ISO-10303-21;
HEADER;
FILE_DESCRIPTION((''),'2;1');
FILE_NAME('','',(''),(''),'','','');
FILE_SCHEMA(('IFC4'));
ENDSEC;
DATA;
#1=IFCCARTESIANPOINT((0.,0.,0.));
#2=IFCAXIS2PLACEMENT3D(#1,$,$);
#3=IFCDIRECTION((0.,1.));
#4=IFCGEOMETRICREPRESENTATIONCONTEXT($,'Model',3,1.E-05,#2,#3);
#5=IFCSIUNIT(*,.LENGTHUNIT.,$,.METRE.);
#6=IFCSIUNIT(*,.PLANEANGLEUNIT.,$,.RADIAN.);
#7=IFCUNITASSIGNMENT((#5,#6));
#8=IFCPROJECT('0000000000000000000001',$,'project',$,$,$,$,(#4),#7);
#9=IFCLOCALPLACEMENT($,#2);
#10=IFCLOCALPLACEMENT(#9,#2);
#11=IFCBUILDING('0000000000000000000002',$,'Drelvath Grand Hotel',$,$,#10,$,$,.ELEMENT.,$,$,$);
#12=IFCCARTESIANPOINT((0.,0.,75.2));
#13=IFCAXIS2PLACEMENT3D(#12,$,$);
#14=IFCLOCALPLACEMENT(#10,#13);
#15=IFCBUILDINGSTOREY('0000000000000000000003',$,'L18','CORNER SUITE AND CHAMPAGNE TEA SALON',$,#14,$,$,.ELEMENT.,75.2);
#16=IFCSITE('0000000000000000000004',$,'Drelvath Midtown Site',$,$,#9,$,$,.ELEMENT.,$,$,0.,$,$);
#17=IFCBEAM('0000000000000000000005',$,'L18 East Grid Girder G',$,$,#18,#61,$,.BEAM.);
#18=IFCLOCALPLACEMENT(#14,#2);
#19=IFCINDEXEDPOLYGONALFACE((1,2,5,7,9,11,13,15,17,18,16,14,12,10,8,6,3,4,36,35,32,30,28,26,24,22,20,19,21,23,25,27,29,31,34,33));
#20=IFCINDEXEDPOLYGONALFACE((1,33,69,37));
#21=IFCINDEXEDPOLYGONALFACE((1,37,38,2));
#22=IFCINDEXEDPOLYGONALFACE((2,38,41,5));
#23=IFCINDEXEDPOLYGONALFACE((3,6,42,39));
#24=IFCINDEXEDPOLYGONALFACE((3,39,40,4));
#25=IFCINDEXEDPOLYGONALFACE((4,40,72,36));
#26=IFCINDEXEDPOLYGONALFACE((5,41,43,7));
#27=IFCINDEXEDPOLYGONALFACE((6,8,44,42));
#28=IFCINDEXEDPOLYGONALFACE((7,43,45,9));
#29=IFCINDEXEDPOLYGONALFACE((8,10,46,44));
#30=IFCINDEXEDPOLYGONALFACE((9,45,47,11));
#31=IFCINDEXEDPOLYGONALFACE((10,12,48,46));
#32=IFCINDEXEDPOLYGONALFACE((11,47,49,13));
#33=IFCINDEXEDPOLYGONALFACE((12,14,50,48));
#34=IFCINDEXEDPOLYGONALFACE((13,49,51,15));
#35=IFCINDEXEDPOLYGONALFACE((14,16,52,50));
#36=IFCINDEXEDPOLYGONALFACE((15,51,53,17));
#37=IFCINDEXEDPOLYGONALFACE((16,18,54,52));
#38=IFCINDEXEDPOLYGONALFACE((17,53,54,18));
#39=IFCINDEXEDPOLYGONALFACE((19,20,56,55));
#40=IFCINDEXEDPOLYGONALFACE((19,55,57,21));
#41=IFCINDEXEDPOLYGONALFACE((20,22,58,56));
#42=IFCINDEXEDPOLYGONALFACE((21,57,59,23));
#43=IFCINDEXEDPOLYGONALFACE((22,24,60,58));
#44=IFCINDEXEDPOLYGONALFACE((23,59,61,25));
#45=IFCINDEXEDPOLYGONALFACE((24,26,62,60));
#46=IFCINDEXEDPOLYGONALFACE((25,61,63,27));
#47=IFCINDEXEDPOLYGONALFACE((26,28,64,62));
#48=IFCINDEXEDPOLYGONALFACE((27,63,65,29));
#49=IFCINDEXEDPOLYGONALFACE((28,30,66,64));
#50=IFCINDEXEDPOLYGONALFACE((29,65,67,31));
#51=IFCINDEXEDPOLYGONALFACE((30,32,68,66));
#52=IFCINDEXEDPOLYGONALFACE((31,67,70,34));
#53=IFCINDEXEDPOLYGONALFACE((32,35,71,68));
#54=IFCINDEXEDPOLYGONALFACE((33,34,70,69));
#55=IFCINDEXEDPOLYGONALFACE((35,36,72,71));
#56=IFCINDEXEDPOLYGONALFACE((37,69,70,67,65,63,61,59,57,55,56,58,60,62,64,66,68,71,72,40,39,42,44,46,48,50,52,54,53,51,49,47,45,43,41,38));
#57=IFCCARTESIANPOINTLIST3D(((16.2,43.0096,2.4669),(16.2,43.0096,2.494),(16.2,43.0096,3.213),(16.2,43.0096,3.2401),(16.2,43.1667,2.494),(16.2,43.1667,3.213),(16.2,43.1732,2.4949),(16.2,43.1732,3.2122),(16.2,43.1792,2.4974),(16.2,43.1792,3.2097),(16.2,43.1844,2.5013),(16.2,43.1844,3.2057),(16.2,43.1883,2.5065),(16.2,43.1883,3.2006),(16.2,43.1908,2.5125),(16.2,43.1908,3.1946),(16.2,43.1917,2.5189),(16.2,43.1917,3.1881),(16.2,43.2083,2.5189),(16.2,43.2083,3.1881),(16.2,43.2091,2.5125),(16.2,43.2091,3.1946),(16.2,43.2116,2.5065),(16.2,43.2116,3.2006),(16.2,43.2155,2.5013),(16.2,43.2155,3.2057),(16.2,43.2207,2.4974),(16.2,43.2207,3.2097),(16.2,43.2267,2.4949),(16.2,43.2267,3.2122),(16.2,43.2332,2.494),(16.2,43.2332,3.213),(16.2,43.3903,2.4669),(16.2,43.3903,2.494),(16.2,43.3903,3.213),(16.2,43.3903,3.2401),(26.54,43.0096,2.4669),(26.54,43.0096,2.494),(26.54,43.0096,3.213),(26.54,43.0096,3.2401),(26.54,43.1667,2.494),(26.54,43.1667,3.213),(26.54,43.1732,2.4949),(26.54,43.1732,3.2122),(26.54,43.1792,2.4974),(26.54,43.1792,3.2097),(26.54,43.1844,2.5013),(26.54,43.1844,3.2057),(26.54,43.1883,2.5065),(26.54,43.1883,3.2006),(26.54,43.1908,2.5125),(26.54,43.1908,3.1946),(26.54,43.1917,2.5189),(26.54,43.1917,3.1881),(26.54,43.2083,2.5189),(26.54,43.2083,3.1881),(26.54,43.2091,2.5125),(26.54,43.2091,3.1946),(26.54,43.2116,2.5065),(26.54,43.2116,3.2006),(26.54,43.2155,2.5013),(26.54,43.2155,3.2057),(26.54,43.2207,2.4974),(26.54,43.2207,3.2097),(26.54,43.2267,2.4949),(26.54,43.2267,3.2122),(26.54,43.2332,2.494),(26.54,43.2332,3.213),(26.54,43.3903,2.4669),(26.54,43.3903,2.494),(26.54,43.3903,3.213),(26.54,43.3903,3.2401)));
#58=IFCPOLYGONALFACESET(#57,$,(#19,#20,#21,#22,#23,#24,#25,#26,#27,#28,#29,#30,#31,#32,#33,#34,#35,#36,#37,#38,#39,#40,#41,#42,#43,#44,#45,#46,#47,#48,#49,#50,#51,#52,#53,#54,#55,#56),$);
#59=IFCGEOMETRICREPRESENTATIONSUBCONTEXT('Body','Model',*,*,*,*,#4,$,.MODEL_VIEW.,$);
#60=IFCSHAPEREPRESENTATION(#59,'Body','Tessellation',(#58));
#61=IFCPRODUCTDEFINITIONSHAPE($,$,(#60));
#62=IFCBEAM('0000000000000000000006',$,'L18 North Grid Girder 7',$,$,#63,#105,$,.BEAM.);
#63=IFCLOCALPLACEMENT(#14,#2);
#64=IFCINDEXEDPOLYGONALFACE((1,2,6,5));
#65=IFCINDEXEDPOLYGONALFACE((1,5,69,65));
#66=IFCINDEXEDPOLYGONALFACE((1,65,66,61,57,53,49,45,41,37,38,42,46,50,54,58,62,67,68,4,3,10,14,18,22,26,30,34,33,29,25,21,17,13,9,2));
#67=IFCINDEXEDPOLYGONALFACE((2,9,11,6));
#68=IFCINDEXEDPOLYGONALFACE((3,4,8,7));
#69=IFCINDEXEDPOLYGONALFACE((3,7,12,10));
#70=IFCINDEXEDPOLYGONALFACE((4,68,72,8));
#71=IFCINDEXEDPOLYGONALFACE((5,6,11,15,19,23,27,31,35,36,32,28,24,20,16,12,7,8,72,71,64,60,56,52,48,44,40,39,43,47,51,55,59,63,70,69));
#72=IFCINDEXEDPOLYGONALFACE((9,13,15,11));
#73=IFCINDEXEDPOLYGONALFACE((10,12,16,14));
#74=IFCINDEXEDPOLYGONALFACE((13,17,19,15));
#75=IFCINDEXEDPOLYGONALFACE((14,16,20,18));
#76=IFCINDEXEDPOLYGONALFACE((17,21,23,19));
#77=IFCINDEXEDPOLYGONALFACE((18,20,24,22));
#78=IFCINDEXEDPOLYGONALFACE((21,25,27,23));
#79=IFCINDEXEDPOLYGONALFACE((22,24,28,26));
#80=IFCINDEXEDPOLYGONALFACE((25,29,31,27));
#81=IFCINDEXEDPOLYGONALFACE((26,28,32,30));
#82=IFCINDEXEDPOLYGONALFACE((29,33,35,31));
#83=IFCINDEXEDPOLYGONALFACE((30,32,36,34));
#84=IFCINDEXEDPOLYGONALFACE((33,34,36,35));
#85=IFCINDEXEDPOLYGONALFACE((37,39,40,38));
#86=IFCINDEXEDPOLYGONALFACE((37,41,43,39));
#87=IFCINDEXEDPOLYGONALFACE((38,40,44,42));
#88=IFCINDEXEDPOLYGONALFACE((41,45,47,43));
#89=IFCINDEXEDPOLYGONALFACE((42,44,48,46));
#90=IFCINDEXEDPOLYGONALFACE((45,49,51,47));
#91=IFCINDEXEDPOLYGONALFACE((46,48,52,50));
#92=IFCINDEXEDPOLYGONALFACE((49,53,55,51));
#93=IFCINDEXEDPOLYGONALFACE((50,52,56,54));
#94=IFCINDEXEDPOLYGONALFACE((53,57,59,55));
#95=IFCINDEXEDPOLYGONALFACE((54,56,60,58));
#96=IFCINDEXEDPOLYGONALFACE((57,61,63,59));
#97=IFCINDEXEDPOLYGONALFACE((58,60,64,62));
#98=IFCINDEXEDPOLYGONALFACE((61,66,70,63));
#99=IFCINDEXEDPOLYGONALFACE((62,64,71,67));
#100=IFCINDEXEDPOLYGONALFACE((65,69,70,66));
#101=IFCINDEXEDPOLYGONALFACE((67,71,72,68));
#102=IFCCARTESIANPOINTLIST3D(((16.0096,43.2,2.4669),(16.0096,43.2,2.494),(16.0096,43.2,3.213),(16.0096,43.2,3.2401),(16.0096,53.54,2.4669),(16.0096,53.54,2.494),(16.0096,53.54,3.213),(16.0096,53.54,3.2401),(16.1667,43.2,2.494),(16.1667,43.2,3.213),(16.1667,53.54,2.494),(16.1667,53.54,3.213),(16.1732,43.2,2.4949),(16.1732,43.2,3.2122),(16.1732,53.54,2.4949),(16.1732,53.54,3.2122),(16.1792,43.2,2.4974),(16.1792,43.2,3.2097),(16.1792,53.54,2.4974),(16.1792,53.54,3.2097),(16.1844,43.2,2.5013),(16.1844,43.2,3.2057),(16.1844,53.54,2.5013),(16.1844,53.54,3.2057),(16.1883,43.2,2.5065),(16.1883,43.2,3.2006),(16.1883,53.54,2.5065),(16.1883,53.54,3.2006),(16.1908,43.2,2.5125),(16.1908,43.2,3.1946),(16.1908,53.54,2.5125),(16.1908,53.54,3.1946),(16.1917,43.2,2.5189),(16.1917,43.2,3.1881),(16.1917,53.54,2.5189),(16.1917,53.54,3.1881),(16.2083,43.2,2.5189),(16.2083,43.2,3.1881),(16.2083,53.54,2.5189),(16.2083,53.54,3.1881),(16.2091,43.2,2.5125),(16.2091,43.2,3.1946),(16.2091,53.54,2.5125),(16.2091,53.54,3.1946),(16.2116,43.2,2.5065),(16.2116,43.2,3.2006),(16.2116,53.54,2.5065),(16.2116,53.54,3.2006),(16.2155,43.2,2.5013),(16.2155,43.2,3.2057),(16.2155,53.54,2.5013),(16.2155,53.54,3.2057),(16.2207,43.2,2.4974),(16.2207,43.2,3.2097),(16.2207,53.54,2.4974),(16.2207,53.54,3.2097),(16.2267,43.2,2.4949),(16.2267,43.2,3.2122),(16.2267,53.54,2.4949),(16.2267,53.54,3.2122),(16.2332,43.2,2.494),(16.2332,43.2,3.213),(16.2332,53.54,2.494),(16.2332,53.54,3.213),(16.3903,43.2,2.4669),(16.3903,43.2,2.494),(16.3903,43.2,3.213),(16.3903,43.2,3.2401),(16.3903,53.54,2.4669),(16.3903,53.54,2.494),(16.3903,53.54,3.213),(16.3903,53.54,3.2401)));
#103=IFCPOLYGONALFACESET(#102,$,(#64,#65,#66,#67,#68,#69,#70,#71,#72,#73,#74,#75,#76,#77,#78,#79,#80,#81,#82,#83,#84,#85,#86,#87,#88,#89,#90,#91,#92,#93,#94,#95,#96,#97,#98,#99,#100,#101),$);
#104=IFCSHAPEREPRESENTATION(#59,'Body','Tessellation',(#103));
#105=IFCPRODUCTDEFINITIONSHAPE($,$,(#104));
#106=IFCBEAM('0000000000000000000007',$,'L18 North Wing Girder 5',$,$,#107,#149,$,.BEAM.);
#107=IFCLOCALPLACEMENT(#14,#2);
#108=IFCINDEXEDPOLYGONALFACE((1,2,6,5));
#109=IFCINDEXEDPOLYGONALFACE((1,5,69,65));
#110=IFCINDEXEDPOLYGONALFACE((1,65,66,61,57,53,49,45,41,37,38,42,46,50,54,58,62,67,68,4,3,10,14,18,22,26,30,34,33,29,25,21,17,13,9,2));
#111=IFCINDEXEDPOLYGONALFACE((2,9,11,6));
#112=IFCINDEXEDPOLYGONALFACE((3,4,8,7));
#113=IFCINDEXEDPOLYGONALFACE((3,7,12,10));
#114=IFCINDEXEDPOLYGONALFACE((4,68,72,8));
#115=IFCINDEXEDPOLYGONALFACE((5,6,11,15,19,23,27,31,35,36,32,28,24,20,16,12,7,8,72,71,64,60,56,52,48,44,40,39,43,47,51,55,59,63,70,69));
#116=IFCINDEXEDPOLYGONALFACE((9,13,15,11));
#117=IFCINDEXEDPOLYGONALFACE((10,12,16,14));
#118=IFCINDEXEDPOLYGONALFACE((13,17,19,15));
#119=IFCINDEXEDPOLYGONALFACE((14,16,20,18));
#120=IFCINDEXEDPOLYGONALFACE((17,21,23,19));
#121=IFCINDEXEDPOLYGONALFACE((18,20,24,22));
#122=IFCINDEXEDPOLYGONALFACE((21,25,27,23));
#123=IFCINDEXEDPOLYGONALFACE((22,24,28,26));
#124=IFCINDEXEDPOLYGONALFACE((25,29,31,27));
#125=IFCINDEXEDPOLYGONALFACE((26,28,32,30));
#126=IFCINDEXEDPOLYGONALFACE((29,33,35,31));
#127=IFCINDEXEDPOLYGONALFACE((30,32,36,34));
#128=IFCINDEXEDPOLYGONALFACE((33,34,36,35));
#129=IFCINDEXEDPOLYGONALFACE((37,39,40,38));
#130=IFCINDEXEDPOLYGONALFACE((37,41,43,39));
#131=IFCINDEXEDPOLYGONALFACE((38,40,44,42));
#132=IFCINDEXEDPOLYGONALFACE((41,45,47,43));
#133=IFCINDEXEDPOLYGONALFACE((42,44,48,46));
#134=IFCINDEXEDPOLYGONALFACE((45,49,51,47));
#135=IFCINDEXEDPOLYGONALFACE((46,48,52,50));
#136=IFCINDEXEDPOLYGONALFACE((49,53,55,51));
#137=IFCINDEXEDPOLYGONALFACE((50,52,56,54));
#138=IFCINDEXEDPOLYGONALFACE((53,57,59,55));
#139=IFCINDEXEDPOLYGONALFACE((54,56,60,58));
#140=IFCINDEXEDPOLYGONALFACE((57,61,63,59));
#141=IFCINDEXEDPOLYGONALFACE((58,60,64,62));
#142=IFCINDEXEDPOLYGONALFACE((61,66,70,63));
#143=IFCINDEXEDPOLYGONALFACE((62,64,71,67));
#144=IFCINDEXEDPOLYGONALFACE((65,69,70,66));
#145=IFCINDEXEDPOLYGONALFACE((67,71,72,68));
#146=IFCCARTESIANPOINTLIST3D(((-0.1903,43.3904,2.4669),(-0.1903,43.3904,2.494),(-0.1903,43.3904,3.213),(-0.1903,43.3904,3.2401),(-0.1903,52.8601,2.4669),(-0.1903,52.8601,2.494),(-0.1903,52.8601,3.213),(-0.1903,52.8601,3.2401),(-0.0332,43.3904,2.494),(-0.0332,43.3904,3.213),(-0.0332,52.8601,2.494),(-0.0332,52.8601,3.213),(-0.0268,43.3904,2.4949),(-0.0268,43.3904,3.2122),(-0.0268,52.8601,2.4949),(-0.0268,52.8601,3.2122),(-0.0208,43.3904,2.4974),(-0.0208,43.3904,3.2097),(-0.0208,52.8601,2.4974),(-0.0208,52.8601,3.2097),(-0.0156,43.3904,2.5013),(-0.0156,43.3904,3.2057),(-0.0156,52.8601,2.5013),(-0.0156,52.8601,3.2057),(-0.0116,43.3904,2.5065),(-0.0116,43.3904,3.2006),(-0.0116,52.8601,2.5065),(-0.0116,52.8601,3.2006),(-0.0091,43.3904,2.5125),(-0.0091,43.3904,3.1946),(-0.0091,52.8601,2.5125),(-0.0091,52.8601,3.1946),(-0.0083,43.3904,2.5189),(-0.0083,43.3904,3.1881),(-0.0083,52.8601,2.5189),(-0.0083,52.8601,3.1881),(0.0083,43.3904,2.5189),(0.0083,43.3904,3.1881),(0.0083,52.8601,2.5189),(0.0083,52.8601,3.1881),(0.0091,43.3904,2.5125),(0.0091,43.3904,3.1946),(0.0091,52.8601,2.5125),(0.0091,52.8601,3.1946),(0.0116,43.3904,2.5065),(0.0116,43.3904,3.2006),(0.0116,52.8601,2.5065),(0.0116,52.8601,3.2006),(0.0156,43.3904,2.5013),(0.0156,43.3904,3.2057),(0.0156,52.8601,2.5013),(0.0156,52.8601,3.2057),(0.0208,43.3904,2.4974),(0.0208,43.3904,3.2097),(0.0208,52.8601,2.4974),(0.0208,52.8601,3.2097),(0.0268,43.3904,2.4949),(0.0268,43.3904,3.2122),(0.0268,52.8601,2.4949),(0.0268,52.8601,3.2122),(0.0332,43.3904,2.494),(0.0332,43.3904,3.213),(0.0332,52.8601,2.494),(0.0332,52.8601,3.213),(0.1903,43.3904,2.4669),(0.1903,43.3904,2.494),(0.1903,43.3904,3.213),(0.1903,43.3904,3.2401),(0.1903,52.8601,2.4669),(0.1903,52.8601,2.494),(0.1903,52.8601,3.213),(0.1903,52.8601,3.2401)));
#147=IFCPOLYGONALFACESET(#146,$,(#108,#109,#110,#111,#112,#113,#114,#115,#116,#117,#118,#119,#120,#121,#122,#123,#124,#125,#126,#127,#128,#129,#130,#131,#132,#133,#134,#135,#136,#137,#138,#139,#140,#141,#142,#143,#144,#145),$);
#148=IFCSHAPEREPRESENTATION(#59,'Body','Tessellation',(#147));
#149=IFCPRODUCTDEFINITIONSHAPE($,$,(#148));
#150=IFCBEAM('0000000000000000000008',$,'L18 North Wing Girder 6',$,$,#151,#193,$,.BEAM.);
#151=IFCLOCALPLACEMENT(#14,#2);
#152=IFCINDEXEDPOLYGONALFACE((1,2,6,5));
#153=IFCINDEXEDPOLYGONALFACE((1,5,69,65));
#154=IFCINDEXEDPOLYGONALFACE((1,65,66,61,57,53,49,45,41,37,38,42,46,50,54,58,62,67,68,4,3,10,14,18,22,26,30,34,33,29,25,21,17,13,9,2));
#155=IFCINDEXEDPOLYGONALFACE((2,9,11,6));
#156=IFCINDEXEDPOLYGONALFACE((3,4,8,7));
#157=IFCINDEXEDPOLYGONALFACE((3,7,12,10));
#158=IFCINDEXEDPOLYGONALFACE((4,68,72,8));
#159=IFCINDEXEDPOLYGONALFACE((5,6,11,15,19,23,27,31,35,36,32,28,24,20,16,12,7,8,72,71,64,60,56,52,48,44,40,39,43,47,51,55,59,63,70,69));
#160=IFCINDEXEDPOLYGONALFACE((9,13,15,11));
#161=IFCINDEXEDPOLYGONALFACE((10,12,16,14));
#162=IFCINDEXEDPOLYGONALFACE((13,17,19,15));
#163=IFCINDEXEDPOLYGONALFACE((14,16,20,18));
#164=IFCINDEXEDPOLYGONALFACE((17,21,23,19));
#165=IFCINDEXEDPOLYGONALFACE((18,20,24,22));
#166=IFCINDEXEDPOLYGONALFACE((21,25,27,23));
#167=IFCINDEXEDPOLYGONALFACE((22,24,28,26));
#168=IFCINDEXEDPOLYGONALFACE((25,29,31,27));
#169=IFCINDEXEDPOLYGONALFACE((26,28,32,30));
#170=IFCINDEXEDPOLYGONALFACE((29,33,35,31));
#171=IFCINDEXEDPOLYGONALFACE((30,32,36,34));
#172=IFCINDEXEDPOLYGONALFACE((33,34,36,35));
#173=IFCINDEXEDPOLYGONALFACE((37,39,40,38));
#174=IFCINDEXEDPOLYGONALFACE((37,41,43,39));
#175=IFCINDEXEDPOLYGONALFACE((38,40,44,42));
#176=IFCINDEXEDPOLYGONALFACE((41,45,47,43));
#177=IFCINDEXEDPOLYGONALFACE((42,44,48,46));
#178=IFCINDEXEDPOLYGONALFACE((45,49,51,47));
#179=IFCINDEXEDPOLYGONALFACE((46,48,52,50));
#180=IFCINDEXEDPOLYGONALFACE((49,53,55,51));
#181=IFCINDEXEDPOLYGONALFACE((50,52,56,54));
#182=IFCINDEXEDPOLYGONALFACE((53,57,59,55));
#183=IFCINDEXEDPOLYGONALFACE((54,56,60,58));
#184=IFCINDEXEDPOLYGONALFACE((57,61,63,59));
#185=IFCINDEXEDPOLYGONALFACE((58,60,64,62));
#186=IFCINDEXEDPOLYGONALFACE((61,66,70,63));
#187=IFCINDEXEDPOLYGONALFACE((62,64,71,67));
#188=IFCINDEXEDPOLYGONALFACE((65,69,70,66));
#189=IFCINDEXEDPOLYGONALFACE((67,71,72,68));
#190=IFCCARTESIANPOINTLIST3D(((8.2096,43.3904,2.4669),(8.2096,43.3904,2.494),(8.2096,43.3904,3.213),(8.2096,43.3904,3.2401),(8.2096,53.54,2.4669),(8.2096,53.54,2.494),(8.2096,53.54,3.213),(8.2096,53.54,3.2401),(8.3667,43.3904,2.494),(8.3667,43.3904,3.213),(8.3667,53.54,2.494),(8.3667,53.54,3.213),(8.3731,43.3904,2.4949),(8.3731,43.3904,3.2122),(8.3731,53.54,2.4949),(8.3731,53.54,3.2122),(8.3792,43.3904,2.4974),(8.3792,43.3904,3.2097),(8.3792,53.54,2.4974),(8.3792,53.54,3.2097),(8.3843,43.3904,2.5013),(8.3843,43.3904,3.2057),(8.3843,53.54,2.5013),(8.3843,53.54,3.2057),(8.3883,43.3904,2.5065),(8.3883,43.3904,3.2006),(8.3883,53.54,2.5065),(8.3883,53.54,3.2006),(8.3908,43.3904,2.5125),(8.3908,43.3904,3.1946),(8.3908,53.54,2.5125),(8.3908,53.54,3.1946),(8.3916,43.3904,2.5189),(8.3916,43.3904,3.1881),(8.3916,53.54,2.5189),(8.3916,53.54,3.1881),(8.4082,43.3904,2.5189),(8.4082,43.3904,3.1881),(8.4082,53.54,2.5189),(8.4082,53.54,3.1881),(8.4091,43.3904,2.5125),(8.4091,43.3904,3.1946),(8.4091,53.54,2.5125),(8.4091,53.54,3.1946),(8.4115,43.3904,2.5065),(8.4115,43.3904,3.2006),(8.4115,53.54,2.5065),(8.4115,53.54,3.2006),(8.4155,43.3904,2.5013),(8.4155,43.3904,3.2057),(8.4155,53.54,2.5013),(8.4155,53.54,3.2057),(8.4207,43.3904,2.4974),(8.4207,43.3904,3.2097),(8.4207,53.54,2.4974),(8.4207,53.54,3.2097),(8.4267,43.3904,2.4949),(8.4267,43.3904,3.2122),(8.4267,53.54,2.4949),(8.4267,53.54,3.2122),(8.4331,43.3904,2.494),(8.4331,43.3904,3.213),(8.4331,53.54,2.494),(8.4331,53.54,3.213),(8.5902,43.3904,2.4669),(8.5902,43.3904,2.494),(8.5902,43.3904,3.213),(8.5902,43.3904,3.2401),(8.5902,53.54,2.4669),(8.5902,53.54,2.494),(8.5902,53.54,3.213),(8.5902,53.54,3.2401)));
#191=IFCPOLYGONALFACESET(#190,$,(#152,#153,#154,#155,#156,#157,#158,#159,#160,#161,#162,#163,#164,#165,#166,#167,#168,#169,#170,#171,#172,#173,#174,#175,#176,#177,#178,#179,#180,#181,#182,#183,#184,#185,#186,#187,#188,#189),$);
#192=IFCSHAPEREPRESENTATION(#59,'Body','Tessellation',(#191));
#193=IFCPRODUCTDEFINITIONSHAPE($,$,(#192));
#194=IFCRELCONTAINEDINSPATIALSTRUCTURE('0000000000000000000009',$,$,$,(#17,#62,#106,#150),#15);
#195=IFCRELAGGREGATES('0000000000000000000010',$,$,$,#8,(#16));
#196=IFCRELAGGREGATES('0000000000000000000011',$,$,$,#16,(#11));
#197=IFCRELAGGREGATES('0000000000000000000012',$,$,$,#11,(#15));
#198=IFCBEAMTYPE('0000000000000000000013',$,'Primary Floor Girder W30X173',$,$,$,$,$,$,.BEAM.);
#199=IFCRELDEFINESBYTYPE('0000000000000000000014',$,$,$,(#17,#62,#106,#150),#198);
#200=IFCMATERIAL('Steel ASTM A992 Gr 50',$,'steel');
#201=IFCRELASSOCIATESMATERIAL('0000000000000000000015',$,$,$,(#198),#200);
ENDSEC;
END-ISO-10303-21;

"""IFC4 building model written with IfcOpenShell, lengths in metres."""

from ifc_helpers import new_model, si_unit, direction, frame, origin, origin_2d, place, context, subcontext, project, spatial, i_section, extrude, material, material_profile, profile_set, type_object, element, save


model = new_model("IFC4")

# Units and contexts
model_context = context("Model", 3, precision=1e-05, world=origin(), true_north=direction((0.0, 1.0)))
body_context = subcontext(model_context, "Body", "Model", "MODEL_VIEW")
ifc_project = project(units=[si_unit("LENGTHUNIT", "METRE"), si_unit("PLANEANGLEUNIT", "RADIAN")], contexts=[model_context])

# Site, building, storey
site_placement = place(None, origin())
site = spatial("IfcSite", under=ifc_project, at=site_placement, Name="Drelvath Midtown Site", CompositionType="ELEMENT", RefElevation=0.0)
building_placement = place(site_placement, origin())
building = spatial("IfcBuilding", under=site, at=building_placement, Name="Drelvath Grand Hotel", CompositionType="ELEMENT")
storey_placement = place(building_placement, frame((0.0, 0.0, 75.2)))
storey = spatial("IfcBuildingStorey", under=building, at=storey_placement, Name="L18", Description="CORNER SUITE AND CHAMPAGNE TEA SALON", CompositionType="ELEMENT", Elevation=75.2)

# Beams
ifc_material_1 = material(Name="Steel ASTM A992 Gr 50", Category="steel")
ifc_material_profile_1 = material_profile(ifc_material_1, i_section(OverallWidth=0.3806, OverallDepth=0.7732, WebThickness=0.0166, FlangeThickness=0.0271, FilletRadius=0.0249, at=origin_2d()), Name="W30X173")
ifc_profile_set_1 = profile_set([ifc_material_profile_1], Name="Steel ASTM A992 Gr 50")
beam_type_1 = type_object("IfcBeamType", Name="Primary Floor Girder W30X173", PredefinedType="BEAM", material=ifc_profile_set_1)
for number, where, z_axis, x_axis, name in (
    (1, (16.2, 43.2, 2.8535), (1.0, 0.0, 0.0), (0.0, 1.0, 0.0), "L18 East Grid Girder G"),
    (2, (16.2, 43.2, 2.8535), (0.0, 1.0, 0.0), (-1.0, 0.0, 0.0), "L18 North Grid Girder 7"),
):
    element("IfcBeam", number, at=place(storey_placement, frame(where, z_axis=z_axis, x_axis=x_axis)), inside=storey, type_object=beam_type_1, Name=name, PredefinedType="BEAM", context=body_context, shape_type="SweptSolid", body=[
        extrude(i_section(OverallWidth=0.3806, OverallDepth=0.7732, WebThickness=0.0166, FlangeThickness=0.0271, FilletRadius=0.0249, at=origin_2d()), origin(), (0.0, 0.0, 1.0), 10.3401),
    ])
beam_1_placement = place(storey_placement, frame((0.0, 43.3904, 2.8535), z_axis=(0.0, 1.0, 0.0), x_axis=(-1.0, 0.0, 0.0)))
element("IfcBeam", 3, at=beam_1_placement, inside=storey, type_object=beam_type_1, Name="L18 North Wing Girder 5", PredefinedType="BEAM", context=body_context, shape_type="SweptSolid", body=[
    extrude(i_section(OverallWidth=0.3806, OverallDepth=0.7732, WebThickness=0.0166, FlangeThickness=0.0271, FilletRadius=0.0249, at=origin_2d()), origin(), (0.0, 0.0, 1.0), 9.4697),
])
beam_2_placement = place(storey_placement, frame((8.3999, 43.3904, 2.8535), z_axis=(0.0, 1.0, 0.0), x_axis=(-1.0, 0.0, 0.0)))
element("IfcBeam", 4, at=beam_2_placement, inside=storey, type_object=beam_type_1, Name="L18 North Wing Girder 6", PredefinedType="BEAM", context=body_context, shape_type="SweptSolid", body=[
    extrude(i_section(OverallWidth=0.3806, OverallDepth=0.7732, WebThickness=0.0166, FlangeThickness=0.0271, FilletRadius=0.0249, at=origin_2d()), origin(), (0.0, 0.0, 1.0), 10.1497),
])

save(model, "model.ifc")
